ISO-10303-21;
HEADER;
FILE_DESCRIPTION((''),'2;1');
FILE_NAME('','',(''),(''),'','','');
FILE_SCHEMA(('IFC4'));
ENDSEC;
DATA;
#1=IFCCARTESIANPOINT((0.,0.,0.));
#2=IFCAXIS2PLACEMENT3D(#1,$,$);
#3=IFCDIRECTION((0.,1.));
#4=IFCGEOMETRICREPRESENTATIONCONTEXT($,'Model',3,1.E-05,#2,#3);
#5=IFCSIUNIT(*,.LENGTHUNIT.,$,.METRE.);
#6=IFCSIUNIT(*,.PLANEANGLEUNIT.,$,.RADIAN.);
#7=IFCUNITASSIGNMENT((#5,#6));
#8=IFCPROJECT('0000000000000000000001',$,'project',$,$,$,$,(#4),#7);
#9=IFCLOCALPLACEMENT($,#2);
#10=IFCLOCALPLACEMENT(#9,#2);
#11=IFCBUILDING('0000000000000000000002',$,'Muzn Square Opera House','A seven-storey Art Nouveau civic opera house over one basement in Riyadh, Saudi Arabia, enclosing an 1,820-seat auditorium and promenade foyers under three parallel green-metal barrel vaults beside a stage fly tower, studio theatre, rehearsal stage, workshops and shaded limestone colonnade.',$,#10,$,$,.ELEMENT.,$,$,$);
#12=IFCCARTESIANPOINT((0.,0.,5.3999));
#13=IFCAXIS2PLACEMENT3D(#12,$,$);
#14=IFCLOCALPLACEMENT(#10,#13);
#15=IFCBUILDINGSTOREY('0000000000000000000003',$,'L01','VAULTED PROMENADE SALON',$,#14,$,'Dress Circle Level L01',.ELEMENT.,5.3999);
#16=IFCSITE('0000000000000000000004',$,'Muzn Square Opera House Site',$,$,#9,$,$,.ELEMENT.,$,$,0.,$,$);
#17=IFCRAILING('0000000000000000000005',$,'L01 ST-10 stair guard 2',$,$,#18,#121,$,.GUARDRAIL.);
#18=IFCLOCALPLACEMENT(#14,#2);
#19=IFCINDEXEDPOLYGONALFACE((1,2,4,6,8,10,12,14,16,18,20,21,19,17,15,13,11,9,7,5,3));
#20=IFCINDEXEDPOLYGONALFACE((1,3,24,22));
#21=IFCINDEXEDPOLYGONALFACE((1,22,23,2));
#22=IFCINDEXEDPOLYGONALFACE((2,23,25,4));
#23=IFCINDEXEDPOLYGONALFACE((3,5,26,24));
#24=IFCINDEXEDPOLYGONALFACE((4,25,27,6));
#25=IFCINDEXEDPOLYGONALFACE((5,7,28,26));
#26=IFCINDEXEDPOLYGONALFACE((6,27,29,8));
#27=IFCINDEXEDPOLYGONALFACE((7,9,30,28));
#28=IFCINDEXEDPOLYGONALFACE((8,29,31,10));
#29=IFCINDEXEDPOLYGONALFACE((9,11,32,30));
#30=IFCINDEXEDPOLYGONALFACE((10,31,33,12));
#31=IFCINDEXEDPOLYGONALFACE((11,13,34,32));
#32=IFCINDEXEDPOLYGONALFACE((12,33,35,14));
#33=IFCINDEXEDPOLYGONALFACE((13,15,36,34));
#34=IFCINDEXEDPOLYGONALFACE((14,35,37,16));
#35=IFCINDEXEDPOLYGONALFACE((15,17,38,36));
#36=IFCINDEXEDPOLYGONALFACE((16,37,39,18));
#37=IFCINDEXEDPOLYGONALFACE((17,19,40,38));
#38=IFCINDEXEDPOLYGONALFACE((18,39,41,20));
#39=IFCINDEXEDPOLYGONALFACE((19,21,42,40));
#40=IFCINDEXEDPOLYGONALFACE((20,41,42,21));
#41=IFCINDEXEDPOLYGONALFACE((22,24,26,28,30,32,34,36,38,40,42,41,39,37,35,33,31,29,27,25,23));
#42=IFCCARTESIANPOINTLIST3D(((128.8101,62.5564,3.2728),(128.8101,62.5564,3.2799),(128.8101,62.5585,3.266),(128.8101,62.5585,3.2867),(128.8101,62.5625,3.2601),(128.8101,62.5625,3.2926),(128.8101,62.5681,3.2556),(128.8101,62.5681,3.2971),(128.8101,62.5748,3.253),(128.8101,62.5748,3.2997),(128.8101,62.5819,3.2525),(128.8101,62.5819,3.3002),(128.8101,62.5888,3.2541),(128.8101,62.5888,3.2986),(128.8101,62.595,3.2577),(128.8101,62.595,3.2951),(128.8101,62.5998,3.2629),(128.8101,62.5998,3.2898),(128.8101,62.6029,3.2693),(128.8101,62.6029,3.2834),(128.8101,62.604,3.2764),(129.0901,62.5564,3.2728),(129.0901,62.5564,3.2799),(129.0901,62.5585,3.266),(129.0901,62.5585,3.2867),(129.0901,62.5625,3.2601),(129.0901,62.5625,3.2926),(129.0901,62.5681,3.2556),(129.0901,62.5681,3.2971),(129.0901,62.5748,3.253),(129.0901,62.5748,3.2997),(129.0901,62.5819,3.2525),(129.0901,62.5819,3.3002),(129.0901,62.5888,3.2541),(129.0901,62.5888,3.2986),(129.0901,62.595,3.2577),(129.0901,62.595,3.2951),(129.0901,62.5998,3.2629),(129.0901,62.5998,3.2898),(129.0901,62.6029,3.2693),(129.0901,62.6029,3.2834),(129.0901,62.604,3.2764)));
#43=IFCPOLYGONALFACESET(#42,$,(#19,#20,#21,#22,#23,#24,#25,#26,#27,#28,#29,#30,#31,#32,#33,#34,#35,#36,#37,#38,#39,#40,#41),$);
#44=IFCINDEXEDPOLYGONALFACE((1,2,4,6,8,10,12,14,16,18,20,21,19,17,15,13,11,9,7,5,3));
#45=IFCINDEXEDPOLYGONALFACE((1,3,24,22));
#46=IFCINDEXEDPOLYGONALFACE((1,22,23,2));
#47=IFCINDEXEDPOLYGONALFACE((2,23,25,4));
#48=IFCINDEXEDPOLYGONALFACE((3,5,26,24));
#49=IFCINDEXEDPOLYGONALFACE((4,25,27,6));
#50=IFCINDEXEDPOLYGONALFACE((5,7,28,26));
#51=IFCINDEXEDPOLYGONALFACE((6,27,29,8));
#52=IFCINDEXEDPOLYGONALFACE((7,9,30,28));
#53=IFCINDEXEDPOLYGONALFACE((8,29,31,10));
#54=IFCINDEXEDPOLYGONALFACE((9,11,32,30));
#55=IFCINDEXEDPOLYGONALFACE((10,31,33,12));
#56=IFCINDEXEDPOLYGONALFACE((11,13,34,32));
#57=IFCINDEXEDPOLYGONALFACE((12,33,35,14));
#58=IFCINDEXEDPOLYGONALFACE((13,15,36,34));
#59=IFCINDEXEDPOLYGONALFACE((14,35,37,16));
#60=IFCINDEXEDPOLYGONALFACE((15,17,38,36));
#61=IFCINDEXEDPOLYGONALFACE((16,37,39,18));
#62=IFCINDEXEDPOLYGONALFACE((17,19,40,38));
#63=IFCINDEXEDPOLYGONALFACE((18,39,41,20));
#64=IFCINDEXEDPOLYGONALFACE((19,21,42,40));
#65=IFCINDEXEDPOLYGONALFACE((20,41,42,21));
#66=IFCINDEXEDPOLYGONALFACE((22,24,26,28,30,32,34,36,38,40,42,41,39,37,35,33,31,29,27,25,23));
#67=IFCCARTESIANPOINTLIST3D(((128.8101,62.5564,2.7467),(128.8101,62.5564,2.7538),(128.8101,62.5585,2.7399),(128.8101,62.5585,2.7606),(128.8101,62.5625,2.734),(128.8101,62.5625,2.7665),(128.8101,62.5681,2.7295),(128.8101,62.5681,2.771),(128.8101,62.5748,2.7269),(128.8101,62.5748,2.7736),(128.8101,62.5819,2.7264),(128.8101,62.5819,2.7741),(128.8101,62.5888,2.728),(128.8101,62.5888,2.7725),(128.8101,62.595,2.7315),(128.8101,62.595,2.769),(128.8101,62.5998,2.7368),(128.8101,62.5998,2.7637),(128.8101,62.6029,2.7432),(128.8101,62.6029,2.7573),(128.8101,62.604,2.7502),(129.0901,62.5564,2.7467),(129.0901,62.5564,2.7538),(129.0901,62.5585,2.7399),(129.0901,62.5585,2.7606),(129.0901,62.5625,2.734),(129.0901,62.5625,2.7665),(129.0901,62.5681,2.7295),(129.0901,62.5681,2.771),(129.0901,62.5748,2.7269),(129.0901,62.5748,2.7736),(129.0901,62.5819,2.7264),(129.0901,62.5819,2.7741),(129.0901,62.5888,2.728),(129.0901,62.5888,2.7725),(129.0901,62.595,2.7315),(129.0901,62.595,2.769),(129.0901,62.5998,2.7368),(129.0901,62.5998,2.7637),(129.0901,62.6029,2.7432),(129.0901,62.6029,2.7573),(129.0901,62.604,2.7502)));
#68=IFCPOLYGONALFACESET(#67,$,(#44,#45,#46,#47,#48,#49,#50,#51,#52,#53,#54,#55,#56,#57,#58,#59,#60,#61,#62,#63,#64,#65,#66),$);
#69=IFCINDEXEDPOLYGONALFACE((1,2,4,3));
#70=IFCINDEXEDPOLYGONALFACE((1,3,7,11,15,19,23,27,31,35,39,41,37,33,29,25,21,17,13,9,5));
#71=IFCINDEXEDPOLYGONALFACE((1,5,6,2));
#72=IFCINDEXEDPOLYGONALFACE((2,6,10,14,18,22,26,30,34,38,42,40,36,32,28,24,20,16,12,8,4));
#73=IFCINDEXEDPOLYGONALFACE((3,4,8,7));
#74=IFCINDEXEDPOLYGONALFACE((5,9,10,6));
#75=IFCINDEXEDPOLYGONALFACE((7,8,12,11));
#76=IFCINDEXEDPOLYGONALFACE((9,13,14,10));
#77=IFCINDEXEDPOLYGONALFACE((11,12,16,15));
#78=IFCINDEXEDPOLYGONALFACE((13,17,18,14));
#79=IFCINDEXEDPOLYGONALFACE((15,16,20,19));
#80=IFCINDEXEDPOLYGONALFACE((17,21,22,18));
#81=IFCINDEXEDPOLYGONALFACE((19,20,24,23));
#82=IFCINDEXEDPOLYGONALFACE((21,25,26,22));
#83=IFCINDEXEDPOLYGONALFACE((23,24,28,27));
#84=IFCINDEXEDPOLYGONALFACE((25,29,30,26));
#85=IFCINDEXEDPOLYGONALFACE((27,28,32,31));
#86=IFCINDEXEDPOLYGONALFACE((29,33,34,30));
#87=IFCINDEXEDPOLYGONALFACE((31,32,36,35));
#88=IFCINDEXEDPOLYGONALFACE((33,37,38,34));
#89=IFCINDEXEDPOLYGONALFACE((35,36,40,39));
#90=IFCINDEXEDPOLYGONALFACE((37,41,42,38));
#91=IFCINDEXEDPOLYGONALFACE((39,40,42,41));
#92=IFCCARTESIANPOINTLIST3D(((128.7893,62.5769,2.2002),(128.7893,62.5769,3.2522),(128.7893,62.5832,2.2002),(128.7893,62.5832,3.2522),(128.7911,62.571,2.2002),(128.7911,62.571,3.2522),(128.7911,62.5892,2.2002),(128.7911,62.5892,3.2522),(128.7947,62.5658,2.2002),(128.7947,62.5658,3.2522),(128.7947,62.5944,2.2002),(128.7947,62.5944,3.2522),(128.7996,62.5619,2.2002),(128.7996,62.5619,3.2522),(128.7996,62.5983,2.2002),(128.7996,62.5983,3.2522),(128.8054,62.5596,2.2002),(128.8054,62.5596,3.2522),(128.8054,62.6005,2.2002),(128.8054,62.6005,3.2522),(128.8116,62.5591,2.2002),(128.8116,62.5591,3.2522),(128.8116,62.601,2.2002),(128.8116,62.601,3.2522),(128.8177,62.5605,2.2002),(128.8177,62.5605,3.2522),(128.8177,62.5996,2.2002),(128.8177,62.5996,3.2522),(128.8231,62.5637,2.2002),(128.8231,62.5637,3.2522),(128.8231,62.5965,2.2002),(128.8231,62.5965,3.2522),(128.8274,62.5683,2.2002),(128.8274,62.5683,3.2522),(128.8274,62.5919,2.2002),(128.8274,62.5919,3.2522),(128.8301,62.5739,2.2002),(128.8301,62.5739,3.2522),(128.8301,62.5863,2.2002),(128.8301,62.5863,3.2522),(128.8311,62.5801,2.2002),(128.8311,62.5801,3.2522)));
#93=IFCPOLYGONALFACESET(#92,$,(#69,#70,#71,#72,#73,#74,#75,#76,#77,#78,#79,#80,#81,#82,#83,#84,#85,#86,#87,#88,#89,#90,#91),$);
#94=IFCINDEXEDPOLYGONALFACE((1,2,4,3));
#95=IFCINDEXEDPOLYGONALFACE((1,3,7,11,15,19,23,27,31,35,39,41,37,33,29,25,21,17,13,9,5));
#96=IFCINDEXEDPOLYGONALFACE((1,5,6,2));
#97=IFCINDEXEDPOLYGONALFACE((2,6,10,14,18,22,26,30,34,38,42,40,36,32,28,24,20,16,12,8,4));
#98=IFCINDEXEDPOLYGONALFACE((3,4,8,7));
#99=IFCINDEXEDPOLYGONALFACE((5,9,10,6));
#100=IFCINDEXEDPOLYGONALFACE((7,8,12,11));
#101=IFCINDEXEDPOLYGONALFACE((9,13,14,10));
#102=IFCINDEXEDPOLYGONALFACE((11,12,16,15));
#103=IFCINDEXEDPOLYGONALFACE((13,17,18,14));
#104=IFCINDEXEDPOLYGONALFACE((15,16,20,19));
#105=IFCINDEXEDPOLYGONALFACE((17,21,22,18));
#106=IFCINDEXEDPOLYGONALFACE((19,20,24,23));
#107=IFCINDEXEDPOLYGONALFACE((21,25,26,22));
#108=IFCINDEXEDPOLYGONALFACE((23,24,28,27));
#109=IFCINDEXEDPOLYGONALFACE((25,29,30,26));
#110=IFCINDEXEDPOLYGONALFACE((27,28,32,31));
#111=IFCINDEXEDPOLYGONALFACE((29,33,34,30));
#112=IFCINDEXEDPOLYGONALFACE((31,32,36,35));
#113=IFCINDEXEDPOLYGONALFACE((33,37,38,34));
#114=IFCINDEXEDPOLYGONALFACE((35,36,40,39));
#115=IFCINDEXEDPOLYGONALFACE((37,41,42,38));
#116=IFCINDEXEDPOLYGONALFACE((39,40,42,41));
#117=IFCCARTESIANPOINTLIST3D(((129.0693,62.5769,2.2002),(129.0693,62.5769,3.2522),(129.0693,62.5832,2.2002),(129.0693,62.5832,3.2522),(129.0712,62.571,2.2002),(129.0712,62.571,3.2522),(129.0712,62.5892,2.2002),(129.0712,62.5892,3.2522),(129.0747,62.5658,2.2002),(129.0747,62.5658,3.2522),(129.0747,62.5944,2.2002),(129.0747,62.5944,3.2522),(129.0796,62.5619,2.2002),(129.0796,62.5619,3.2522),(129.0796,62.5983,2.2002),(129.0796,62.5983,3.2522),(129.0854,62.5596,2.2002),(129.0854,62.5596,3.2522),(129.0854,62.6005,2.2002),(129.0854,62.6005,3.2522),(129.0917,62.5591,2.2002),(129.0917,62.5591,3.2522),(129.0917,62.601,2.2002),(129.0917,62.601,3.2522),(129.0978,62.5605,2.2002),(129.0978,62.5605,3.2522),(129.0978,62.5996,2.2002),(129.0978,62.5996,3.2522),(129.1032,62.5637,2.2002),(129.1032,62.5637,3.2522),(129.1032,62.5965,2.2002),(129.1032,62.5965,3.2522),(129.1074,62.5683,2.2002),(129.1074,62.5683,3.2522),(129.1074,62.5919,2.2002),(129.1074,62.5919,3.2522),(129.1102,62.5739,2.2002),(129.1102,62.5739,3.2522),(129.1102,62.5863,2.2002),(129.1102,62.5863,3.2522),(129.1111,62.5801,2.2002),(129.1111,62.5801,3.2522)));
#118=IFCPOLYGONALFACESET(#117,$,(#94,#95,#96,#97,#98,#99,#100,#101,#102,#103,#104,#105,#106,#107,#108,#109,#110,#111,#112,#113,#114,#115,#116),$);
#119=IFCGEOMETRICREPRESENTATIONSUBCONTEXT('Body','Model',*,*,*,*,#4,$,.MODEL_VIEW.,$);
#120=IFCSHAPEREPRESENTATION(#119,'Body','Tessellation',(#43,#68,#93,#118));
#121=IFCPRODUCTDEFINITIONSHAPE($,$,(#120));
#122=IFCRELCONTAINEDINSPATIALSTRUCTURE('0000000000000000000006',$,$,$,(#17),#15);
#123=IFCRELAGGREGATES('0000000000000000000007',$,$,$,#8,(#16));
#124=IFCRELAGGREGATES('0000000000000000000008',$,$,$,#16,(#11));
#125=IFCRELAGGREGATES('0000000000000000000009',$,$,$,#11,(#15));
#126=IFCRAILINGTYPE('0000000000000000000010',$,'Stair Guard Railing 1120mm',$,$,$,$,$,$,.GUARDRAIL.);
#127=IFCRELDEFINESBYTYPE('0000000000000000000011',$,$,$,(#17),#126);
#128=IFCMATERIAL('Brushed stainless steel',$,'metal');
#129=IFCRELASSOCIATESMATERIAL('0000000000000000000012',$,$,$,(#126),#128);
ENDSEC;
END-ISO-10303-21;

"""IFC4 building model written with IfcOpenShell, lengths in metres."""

from ifc_helpers import new_model, si_unit, direction, frame, origin, origin_2d, place, context, subcontext, project, spatial, circle, extrude, material, type_object, element, save


model = new_model("IFC4")

# Units and contexts
model_context = context("Model", 3, precision=1e-05, world=origin(), true_north=direction((0.0, 1.0)))
body_context = subcontext(model_context, "Body", "Model", "MODEL_VIEW")
ifc_project = project(units=[si_unit("LENGTHUNIT", "METRE"), si_unit("PLANEANGLEUNIT", "RADIAN")], contexts=[model_context])

# Site, building, storey
site_placement = place(None, origin())
site = spatial("IfcSite", under=ifc_project, at=site_placement, Name="Muzn Square Opera House Site", CompositionType="ELEMENT", RefElevation=0.0)
building_placement = place(site_placement, origin())
building = spatial("IfcBuilding", under=site, at=building_placement, Name="Muzn Square Opera House", Description="A seven-storey Art Nouveau civic opera house over one basement in Riyadh, Saudi Arabia, enclosing an 1,820-seat auditorium and promenade foyers under three parallel green-metal barrel vaults beside a stage fly tower, studio theatre, rehearsal stage, workshops and shaded limestone colonnade.", CompositionType="ELEMENT")
storey_placement = place(building_placement, frame((0.0, 0.0, 5.3999)))
storey = spatial("IfcBuildingStorey", under=building, at=storey_placement, Name="L01", Description="VAULTED PROMENADE SALON", LongName="Dress Circle Level L01", CompositionType="ELEMENT", Elevation=5.3999)

# Railing
ifc_material_1 = material(Name="Brushed stainless steel", Category="metal")
railing_type_1 = type_object("IfcRailingType", Name="Stair Guard Railing 1120mm", PredefinedType="GUARDRAIL", material=ifc_material_1)
railing_1_placement = place(storey_placement, frame((128.8101, 62.5801, 2.2002)))
element("IfcRailing", 1, at=railing_1_placement, inside=storey, type_object=railing_type_1, Name="L01 ST-10 stair guard 2", PredefinedType="GUARDRAIL", context=body_context, shape_type="SweptSolid", body=[
    extrude(circle(Radius=0.0239, at=origin_2d()), frame((0.0, 0.0, 1.0762), z_axis=(1.0, 0.0, 0.0), x_axis=(0.0, 1.0, 0.0)), (0.0, 0.0, 1.0), 0.28),
    extrude(circle(Radius=0.0239, at=origin_2d()), frame((0.0, 0.0, 0.55), z_axis=(1.0, 0.0, 0.0), x_axis=(0.0, 1.0, 0.0)), (0.0, 0.0, 1.0), 0.28),
    extrude(circle(Radius=0.021, at=origin_2d()), origin(), (0.0, 0.0, 1.0), 1.052),
    extrude(circle(Radius=0.021, at=origin_2d()), frame((0.28, 0.0, 0.0)), (0.0, 0.0, 1.0), 1.052),
])

save(model, "model.ifc")
